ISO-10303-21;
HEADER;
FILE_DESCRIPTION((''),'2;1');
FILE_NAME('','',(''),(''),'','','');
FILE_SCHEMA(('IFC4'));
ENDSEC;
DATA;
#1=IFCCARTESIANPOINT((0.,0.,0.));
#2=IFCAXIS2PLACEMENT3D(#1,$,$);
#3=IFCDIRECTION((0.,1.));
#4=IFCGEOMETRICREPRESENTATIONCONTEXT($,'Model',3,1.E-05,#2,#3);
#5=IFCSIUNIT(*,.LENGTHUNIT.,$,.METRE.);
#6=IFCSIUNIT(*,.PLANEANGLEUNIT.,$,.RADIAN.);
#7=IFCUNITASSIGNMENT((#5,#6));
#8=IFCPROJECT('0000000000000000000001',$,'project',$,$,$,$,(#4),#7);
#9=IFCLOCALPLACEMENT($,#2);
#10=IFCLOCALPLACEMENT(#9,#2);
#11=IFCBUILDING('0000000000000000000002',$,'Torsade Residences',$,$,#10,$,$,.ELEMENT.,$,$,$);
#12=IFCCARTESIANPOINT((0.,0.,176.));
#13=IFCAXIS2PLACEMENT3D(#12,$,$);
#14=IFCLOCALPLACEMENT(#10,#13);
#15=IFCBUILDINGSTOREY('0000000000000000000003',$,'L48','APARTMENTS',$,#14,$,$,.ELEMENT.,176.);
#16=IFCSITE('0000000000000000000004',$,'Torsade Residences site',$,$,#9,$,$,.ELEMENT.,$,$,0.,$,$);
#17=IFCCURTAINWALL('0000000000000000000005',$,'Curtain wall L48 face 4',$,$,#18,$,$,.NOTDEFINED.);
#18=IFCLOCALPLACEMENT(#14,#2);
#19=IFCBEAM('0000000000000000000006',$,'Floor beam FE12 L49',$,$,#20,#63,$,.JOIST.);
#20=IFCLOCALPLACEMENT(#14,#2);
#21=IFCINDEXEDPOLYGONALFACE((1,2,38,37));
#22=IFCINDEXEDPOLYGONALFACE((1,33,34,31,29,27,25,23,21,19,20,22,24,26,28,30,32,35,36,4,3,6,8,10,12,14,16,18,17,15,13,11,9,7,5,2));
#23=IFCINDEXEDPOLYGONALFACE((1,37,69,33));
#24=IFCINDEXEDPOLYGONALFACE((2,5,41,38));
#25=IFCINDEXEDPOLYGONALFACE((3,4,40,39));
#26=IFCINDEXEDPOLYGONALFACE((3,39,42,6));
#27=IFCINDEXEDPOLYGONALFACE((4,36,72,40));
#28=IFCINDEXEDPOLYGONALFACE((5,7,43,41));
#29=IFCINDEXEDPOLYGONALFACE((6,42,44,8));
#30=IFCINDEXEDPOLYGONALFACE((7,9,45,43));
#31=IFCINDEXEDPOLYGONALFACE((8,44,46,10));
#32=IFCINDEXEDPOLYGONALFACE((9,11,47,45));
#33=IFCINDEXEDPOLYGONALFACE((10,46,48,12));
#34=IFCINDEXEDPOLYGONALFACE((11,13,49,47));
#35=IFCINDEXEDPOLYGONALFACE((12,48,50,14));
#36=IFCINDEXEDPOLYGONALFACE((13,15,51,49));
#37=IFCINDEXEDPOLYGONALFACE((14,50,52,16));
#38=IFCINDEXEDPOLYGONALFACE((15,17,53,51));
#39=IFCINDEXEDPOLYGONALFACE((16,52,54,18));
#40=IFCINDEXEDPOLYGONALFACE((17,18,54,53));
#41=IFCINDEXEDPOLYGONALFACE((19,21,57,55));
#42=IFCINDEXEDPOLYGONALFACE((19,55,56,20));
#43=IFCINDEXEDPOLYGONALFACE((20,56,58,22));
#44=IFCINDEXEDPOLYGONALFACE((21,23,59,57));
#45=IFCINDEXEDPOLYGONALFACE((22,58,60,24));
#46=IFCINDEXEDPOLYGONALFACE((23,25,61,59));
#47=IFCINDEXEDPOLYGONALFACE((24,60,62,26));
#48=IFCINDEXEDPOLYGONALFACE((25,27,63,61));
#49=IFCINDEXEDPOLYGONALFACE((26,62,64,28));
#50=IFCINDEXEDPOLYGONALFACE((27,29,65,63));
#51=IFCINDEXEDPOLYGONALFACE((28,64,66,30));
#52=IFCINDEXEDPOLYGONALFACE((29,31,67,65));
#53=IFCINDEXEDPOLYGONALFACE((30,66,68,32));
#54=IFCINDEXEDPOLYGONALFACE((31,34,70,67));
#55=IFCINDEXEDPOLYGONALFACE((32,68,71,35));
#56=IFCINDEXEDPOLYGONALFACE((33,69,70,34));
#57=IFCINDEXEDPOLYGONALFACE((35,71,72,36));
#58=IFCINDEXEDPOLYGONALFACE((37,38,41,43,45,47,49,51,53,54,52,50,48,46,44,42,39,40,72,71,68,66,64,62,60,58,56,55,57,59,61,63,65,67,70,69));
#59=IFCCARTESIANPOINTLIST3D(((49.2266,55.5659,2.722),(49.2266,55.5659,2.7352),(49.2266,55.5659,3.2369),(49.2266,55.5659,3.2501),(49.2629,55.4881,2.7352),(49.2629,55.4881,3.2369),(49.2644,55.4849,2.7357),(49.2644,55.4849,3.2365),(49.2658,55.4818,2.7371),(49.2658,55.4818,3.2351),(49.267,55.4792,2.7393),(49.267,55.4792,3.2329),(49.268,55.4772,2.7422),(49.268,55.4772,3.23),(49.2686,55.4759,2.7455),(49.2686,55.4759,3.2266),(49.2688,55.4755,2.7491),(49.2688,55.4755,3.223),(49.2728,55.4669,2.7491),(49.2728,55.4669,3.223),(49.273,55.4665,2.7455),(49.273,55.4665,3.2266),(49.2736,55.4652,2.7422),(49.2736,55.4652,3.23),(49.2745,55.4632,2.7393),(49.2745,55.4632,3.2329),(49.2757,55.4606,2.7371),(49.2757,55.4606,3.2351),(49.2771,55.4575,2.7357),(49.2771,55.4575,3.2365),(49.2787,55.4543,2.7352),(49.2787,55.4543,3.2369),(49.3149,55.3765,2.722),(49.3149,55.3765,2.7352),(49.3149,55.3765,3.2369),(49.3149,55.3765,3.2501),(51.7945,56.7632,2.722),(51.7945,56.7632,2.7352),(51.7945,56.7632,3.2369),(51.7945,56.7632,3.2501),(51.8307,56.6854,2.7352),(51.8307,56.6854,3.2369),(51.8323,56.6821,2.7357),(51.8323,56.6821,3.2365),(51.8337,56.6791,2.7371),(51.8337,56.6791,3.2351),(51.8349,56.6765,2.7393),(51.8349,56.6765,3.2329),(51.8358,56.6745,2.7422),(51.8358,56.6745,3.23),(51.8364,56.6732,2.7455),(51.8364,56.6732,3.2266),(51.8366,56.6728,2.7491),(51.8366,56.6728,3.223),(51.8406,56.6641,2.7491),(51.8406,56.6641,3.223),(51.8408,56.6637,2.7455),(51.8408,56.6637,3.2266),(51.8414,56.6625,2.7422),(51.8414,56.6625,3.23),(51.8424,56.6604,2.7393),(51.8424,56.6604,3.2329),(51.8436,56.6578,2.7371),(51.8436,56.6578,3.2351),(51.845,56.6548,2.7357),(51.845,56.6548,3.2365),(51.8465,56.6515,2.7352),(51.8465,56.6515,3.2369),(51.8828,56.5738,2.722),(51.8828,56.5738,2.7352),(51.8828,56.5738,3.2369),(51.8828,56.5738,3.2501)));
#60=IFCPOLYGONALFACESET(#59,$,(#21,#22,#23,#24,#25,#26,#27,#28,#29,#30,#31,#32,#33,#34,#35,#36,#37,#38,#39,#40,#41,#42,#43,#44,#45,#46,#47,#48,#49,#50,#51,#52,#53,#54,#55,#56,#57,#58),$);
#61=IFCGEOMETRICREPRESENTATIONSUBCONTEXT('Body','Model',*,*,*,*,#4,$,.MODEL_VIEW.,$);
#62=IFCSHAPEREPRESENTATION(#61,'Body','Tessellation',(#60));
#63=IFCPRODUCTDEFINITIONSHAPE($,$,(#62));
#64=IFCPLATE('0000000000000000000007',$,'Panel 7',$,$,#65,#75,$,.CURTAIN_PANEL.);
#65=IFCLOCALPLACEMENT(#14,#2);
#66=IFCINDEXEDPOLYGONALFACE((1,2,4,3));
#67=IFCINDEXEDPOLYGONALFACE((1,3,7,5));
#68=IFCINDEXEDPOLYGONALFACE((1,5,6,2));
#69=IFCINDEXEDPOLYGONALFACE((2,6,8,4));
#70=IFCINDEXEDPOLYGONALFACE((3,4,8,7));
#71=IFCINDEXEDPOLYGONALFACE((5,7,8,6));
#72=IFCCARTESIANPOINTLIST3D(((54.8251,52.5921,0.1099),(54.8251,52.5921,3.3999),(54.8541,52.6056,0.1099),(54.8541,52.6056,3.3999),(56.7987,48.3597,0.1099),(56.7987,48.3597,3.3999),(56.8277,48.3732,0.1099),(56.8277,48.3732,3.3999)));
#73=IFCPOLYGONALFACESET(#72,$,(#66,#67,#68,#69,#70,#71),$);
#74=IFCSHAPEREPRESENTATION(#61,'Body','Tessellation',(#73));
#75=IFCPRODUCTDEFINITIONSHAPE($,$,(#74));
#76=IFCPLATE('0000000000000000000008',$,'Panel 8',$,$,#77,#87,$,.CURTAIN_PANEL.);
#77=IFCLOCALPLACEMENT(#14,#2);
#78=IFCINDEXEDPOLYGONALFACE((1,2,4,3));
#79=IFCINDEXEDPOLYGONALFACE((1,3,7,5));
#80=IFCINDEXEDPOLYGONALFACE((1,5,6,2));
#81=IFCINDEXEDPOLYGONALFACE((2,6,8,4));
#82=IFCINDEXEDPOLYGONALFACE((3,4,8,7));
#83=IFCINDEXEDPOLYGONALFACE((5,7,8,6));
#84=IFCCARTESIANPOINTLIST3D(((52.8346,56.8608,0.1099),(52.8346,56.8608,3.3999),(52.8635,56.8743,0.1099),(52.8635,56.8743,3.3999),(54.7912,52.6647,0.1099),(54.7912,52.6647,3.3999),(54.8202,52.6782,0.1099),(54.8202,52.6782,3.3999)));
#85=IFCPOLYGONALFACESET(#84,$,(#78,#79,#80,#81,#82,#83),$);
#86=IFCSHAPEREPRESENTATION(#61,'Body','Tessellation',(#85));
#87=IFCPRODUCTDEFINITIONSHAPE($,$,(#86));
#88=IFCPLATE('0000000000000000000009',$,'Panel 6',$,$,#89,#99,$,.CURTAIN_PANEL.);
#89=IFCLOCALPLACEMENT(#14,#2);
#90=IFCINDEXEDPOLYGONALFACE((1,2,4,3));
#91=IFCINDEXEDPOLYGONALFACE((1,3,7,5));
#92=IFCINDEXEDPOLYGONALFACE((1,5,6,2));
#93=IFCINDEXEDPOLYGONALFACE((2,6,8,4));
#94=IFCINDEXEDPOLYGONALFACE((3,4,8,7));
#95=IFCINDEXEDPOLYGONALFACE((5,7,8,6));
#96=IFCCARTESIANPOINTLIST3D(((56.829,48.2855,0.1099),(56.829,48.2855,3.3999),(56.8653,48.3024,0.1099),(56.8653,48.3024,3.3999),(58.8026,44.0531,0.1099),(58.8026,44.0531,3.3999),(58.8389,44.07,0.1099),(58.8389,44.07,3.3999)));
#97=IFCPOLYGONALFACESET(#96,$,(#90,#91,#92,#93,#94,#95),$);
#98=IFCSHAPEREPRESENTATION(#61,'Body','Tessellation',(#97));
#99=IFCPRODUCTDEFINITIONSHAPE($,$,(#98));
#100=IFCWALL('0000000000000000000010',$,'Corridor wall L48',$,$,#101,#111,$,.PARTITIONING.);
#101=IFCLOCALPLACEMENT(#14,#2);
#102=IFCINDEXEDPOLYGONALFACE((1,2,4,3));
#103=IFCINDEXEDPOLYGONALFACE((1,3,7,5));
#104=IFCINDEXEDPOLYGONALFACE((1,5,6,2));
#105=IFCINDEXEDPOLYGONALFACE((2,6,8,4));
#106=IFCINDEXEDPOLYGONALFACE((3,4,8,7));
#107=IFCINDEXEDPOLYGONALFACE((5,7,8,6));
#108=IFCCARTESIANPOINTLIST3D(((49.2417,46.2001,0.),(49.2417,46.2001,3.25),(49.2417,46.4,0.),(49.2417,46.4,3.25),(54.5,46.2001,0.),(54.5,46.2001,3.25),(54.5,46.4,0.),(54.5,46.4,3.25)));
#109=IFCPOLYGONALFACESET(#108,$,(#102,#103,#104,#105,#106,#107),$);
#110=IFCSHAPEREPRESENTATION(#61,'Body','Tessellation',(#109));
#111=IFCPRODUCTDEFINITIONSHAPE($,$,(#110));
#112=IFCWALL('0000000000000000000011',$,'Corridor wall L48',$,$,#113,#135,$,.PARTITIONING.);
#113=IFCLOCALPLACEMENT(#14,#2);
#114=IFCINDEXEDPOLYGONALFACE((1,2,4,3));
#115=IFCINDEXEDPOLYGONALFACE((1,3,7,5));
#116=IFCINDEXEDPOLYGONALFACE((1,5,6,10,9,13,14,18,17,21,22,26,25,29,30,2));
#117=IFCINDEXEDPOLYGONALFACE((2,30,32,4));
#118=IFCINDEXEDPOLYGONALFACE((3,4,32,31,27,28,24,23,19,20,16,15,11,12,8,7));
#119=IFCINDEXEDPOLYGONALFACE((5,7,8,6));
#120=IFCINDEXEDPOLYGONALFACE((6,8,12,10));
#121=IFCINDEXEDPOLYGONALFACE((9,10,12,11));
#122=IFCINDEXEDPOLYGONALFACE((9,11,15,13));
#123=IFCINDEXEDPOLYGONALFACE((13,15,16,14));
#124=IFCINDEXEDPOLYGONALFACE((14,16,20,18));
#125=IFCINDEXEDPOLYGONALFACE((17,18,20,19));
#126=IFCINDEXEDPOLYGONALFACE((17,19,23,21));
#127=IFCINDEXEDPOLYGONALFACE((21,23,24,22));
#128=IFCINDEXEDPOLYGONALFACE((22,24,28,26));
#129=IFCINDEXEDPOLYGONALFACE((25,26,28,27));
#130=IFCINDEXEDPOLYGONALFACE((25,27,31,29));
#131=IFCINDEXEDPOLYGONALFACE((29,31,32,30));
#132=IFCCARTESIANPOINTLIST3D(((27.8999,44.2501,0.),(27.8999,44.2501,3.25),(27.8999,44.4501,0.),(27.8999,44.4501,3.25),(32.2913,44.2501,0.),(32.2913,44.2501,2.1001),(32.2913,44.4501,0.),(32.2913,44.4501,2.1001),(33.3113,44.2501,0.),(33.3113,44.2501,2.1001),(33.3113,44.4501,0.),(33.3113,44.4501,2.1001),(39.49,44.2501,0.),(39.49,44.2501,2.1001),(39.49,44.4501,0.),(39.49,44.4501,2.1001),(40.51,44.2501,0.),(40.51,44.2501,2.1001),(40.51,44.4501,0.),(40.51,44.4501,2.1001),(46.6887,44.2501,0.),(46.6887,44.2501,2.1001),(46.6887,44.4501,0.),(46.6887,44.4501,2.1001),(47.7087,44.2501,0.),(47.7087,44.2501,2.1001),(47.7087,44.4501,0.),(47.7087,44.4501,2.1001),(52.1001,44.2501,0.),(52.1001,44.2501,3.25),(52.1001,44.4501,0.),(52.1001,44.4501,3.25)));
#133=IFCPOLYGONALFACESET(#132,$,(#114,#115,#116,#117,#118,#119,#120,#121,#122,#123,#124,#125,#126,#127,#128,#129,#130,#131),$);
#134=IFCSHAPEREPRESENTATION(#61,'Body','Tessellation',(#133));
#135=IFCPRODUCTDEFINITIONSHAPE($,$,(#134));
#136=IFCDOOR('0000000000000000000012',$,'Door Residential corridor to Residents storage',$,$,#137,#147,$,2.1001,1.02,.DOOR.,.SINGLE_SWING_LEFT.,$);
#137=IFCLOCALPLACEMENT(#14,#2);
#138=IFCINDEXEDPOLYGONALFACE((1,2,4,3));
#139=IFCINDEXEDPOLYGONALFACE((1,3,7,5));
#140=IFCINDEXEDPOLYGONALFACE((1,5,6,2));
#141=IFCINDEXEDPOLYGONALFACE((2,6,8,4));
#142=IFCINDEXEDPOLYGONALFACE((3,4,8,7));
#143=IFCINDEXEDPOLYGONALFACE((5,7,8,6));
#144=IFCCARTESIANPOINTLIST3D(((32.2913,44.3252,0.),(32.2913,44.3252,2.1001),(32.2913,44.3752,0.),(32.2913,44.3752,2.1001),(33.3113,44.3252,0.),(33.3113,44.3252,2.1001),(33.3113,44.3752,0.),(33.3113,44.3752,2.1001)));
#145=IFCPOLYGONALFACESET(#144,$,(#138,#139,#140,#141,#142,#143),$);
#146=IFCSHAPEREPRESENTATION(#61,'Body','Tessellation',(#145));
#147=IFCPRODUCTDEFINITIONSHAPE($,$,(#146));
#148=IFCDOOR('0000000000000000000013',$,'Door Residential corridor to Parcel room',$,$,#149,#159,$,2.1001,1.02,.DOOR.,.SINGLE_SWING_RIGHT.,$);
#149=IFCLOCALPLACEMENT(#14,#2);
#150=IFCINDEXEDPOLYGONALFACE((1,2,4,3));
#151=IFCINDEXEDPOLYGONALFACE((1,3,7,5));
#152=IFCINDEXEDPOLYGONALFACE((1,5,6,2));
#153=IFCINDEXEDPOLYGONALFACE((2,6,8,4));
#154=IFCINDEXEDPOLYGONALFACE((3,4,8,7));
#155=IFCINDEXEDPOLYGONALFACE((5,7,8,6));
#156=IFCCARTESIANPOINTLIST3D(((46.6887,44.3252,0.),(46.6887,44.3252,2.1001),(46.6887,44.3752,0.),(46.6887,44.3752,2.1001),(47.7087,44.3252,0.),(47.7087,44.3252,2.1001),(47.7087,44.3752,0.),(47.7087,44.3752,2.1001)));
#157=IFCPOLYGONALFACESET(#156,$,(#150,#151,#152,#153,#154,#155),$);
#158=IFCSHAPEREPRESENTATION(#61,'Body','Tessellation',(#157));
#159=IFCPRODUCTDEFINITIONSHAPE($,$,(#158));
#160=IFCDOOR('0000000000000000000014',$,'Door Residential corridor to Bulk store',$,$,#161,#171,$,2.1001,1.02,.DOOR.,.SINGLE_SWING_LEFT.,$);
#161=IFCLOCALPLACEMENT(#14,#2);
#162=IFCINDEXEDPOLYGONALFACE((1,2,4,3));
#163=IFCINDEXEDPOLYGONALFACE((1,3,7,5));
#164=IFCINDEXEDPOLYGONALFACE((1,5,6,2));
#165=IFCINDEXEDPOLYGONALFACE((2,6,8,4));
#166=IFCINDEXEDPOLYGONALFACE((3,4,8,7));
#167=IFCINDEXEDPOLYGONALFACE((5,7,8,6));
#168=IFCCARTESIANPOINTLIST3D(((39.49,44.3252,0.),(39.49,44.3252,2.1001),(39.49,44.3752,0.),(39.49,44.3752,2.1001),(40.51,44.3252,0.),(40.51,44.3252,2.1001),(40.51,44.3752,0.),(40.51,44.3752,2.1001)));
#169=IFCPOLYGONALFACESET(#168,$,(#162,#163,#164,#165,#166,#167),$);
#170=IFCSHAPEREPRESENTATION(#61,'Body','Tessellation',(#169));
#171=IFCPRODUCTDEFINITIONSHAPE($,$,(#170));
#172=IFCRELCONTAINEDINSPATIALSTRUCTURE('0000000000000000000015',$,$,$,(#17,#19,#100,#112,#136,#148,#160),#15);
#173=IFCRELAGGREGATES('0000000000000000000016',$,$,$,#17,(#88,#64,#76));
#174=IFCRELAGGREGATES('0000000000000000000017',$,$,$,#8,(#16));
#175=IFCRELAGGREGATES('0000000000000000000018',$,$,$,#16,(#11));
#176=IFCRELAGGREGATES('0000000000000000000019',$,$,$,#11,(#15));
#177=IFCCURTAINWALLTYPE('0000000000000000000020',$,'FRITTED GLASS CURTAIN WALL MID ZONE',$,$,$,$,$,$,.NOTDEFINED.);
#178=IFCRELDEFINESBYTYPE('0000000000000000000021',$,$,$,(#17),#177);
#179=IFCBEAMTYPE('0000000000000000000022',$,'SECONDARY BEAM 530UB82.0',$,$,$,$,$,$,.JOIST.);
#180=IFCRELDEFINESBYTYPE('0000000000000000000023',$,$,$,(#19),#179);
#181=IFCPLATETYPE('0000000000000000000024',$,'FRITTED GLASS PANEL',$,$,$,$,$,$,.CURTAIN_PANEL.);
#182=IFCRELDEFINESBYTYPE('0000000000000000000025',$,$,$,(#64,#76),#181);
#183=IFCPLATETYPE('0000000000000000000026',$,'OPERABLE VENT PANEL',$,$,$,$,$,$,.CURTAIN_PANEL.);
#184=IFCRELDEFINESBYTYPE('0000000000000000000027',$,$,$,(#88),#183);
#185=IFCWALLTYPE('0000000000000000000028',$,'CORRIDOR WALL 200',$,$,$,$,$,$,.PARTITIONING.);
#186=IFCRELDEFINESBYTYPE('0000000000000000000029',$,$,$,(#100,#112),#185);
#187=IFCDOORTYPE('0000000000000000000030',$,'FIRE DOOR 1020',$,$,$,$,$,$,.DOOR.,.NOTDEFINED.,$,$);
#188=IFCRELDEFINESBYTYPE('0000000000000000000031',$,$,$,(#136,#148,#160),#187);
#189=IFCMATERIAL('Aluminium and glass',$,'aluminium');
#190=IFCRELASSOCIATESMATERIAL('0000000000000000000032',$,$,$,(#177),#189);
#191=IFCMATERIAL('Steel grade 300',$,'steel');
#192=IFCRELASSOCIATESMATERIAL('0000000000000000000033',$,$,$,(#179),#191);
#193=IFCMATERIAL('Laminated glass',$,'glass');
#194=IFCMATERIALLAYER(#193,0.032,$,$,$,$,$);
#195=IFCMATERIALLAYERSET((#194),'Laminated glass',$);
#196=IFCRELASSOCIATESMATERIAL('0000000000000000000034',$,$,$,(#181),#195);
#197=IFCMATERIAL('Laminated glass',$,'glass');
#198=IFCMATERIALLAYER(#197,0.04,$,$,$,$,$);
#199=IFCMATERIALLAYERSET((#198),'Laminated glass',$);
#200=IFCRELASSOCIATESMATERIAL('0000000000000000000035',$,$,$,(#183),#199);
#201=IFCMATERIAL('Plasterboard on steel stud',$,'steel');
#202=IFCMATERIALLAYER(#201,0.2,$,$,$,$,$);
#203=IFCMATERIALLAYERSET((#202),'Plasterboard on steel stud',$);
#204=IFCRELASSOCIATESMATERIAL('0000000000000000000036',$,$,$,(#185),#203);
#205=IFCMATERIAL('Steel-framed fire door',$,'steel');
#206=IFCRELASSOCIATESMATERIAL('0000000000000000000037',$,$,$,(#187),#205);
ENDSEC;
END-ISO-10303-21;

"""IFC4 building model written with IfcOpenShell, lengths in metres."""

from ifc_helpers import new_model, si_unit, direction, frame, frame_2d, origin, origin_2d, place, context, subcontext, project, spatial, rectangle, i_section, extrude, material, layer, layer_set, material_profile, profile_set, type_object, element, fill, aggregate, save


model = new_model("IFC4")

# Units and contexts
model_context = context("Model", 3, precision=1e-05, world=origin(), true_north=direction((0.0, 1.0)))
body_context = subcontext(model_context, "Body", "Model", "MODEL_VIEW")
ifc_project = project(units=[si_unit("LENGTHUNIT", "METRE"), si_unit("PLANEANGLEUNIT", "RADIAN")], contexts=[model_context])

# Site, building, storey
site_placement = place(None, origin())
site = spatial("IfcSite", under=ifc_project, at=site_placement, Name="Torsade Residences site", CompositionType="ELEMENT", RefElevation=0.0)
building_placement = place(site_placement, origin())
building = spatial("IfcBuilding", under=site, at=building_placement, Name="Torsade Residences", CompositionType="ELEMENT")
storey_placement = place(building_placement, frame((0.0, 0.0, 176.0)))
storey = spatial("IfcBuildingStorey", under=building, at=storey_placement, Name="L48", Description="APARTMENTS", CompositionType="ELEMENT", Elevation=176.0)

# Curtain wall
ifc_material_1 = material(Name="Aluminium and glass", Category="aluminium")
curtain_wall_type = type_object("IfcCurtainWallType", Name="FRITTED GLASS CURTAIN WALL MID ZONE", PredefinedType="NOTDEFINED", material=ifc_material_1)
curtain_wall_placement = place(storey_placement, origin())
curtain_wall = element("IfcCurtainWall", 1, at=curtain_wall_placement, inside=storey, type_object=curtain_wall_type, Name="Curtain wall L48 face 4", PredefinedType="NOTDEFINED")

# Beam
ifc_material_2 = material(Name="Steel grade 300", Category="steel")
ifc_material_profile_1 = material_profile(ifc_material_2, i_section(OverallWidth=0.209, OverallDepth=0.5281, WebThickness=0.0095, FlangeThickness=0.0132, FilletRadius=0.0139, at=origin_2d()), Name="530UB82.0")
ifc_profile_set_1 = profile_set([ifc_material_profile_1], Name="Steel grade 300")
beam_type_1 = type_object("IfcBeamType", Name="SECONDARY BEAM 530UB82.0", PredefinedType="JOIST", material=ifc_profile_set_1)
beam_1_placement = place(storey_placement, frame((51.8386, 56.6685, 2.9861), z_axis=(-0.906328, -0.422574, 0.0), x_axis=(0.422574, -0.906328, 0.0)))
element("IfcBeam", 2, at=beam_1_placement, inside=storey, type_object=beam_type_1, Name="Floor beam FE12 L49", PredefinedType="JOIST", context=body_context, shape_type="SweptSolid", body=[
    extrude(i_section(OverallWidth=0.209, OverallDepth=0.5281, WebThickness=0.0095, FlangeThickness=0.0132, FilletRadius=0.0139, at=origin_2d()), origin(), (0.0, 0.0, 1.0), 2.8333),
])

# Plates
ifc_material_3 = material(Name="Laminated glass", Category="glass")
ifc_layer_1 = layer(ifc_material_3, 0.032)
ifc_layer_set_1 = layer_set([ifc_layer_1], Name="Laminated glass")
plate_type_1 = type_object("IfcPlateType", Name="FRITTED GLASS PANEL", PredefinedType="CURTAIN_PANEL", material=ifc_layer_set_1)
plate_1_placement = place(storey_placement, frame((55.8264, 50.4827, 0.1099), z_axis=(0.0, 0.0, 1.0), x_axis=(-0.422618, 0.906308, 0.0)))
plate_1 = element("IfcPlate", 3, at=plate_1_placement, type_object=plate_type_1, Name="Panel 7", PredefinedType="CURTAIN_PANEL", context=body_context, shape_type="SweptSolid", body=[
    extrude(rectangle(XDim=4.6699, YDim=0.032, at=origin_2d()), origin(), (0.0, 0.0, 1.0), 3.29),
])
plate_2_placement = place(storey_placement, frame((53.8274, 54.7695, 0.1099), z_axis=(0.0, 0.0, 1.0), x_axis=(-0.422618, 0.906308, 0.0)))
plate_2 = element("IfcPlate", 4, at=plate_2_placement, type_object=plate_type_1, Name="Panel 8", PredefinedType="CURTAIN_PANEL", context=body_context, shape_type="SweptSolid", body=[
    extrude(rectangle(XDim=4.6299, YDim=0.032, at=origin_2d()), origin(), (0.0, 0.0, 1.0), 3.29),
])
ifc_material_4 = material(Name="Laminated glass", Category="glass")
ifc_layer_2 = layer(ifc_material_4, 0.04)
ifc_layer_set_2 = layer_set([ifc_layer_2], Name="Laminated glass")
plate_type_2 = type_object("IfcPlateType", Name="OPERABLE VENT PANEL", PredefinedType="CURTAIN_PANEL", material=ifc_layer_set_2)
plate_3_placement = place(storey_placement, frame((57.834, 46.1777, 0.1099), z_axis=(0.0, 0.0, 1.0), x_axis=(-0.422618, 0.906308, 0.0)))
plate_3 = element("IfcPlate", 5, at=plate_3_placement, type_object=plate_type_2, Name="Panel 6", PredefinedType="CURTAIN_PANEL", context=body_context, shape_type="SweptSolid", body=[
    extrude(rectangle(XDim=4.6699, YDim=0.04, at=origin_2d()), origin(), (0.0, 0.0, 1.0), 3.29),
])
aggregate(curtain_wall, [plate_3, plate_1, plate_2])

# Wall
ifc_material_5 = material(Name="Plasterboard on steel stud", Category="steel")
ifc_layer_3 = layer(ifc_material_5, 0.2)
ifc_layer_set_3 = layer_set([ifc_layer_3], Name="Plasterboard on steel stud")
wall_type_1 = type_object("IfcWallType", Name="CORRIDOR WALL 200", PredefinedType="PARTITIONING", material=ifc_layer_set_3)
wall_1_placement = place(storey_placement, frame((54.5, 46.3, 0.0), z_axis=(0.0, 0.0, 1.0), x_axis=(-1.0, 0.0, 0.0)))
element("IfcWall", 6, at=wall_1_placement, inside=storey, type_object=wall_type_1, Name="Corridor wall L48", PredefinedType="PARTITIONING", context=body_context, shape_type="SweptSolid", body=[
    extrude(rectangle(XDim=5.2583, YDim=0.2, at=frame_2d((2.6292, 0.0))), origin(), (0.0, 0.0, 1.0), 3.25),
])

# Wall, openings, doors
wall_2_placement = place(storey_placement, frame((52.1001, 44.3501, 0.0), z_axis=(0.0, 0.0, 1.0), x_axis=(-1.0, 0.0, 0.0)))
wall_2 = element("IfcWall", 7, at=wall_2_placement, inside=storey, type_object=wall_type_1, Name="Corridor wall L48", PredefinedType="PARTITIONING", context=body_context, shape_type="SweptSolid", body=[
    extrude(rectangle(XDim=24.2002, YDim=0.2, at=frame_2d((12.1001, 0.0))), origin(), (0.0, 0.0, 1.0), 3.25),
])
opening_1_placement = place(wall_2_placement, frame((18.7888, 0.0, 0.0)))
opening_1 = element("IfcOpeningElement", 8, at=opening_1_placement, cuts=wall_2, PredefinedType="OPENING", context=body_context, shape_type="SweptSolid", body=[
    extrude(rectangle(XDim=1.02, YDim=2.1001, at=frame_2d((0.51, 1.05))), frame((0.0, 0.1099, 0.0), z_axis=(0.0, -1.0, 0.0), x_axis=(1.0, 0.0, 0.0)), (0.0, 0.0, 1.0), 0.22),
])
opening_2_placement = place(wall_2_placement, frame((4.3914, 0.0, 0.0)))
opening_2 = element("IfcOpeningElement", 9, at=opening_2_placement, cuts=wall_2, PredefinedType="OPENING", context=body_context, shape_type="SweptSolid", body=[
    extrude(rectangle(XDim=1.02, YDim=2.1001, at=frame_2d((0.51, 1.05))), frame((0.0, 0.1099, 0.0), z_axis=(0.0, -1.0, 0.0), x_axis=(1.0, 0.0, 0.0)), (0.0, 0.0, 1.0), 0.22),
])
opening_3_placement = place(wall_2_placement, frame((11.5901, 0.0, 0.0)))
opening_3 = element("IfcOpeningElement", 10, at=opening_3_placement, cuts=wall_2, PredefinedType="OPENING", context=body_context, shape_type="SweptSolid", body=[
    extrude(rectangle(XDim=1.02, YDim=2.1001, at=frame_2d((0.51, 1.05))), frame((0.0, 0.1099, 0.0), z_axis=(0.0, -1.0, 0.0), x_axis=(1.0, 0.0, 0.0)), (0.0, 0.0, 1.0), 0.22),
])
ifc_material_6 = material(Name="Steel-framed fire door", Category="steel")
door_type_1 = type_object("IfcDoorType", Name="FIRE DOOR 1020", OperationType="NOTDEFINED", PredefinedType="DOOR", material=ifc_material_6)
door_1_placement = place(opening_1_placement, origin())
door_1 = element("IfcDoor", 11, at=door_1_placement, inside=storey, type_object=door_type_1, Name="Door Residential corridor to Residents storage", OperationType="SINGLE_SWING_LEFT", OverallHeight=2.1001, OverallWidth=1.02, PredefinedType="DOOR", context=body_context, shape_type="SweptSolid", body=[
    extrude(rectangle(XDim=1.02, YDim=2.1001, at=frame_2d((0.51, 1.05))), frame((0.0, 0.0249, 0.0), z_axis=(0.0, -1.0, 0.0), x_axis=(1.0, 0.0, 0.0)), (0.0, 0.0, 1.0), 0.05),
])
fill(opening_1, door_1)
door_2_placement = place(opening_2_placement, origin())
door_2 = element("IfcDoor", 12, at=door_2_placement, inside=storey, type_object=door_type_1, Name="Door Residential corridor to Parcel room", OperationType="SINGLE_SWING_RIGHT", OverallHeight=2.1001, OverallWidth=1.02, PredefinedType="DOOR", context=body_context, shape_type="SweptSolid", body=[
    extrude(rectangle(XDim=1.02, YDim=2.1001, at=frame_2d((0.51, 1.05))), frame((0.0, 0.0249, 0.0), z_axis=(0.0, -1.0, 0.0), x_axis=(1.0, 0.0, 0.0)), (0.0, 0.0, 1.0), 0.05),
])
fill(opening_2, door_2)
door_3_placement = place(opening_3_placement, origin())
door_3 = element("IfcDoor", 13, at=door_3_placement, inside=storey, type_object=door_type_1, Name="Door Residential corridor to Bulk store", OperationType="SINGLE_SWING_LEFT", OverallHeight=2.1001, OverallWidth=1.02, PredefinedType="DOOR", context=body_context, shape_type="SweptSolid", body=[
    extrude(rectangle(XDim=1.02, YDim=2.1001, at=frame_2d((0.51, 1.05))), frame((0.0, 0.0249, 0.0), z_axis=(0.0, -1.0, 0.0), x_axis=(1.0, 0.0, 0.0)), (0.0, 0.0, 1.0), 0.05),
])
fill(opening_3, door_3)

save(model, "model.ifc")
